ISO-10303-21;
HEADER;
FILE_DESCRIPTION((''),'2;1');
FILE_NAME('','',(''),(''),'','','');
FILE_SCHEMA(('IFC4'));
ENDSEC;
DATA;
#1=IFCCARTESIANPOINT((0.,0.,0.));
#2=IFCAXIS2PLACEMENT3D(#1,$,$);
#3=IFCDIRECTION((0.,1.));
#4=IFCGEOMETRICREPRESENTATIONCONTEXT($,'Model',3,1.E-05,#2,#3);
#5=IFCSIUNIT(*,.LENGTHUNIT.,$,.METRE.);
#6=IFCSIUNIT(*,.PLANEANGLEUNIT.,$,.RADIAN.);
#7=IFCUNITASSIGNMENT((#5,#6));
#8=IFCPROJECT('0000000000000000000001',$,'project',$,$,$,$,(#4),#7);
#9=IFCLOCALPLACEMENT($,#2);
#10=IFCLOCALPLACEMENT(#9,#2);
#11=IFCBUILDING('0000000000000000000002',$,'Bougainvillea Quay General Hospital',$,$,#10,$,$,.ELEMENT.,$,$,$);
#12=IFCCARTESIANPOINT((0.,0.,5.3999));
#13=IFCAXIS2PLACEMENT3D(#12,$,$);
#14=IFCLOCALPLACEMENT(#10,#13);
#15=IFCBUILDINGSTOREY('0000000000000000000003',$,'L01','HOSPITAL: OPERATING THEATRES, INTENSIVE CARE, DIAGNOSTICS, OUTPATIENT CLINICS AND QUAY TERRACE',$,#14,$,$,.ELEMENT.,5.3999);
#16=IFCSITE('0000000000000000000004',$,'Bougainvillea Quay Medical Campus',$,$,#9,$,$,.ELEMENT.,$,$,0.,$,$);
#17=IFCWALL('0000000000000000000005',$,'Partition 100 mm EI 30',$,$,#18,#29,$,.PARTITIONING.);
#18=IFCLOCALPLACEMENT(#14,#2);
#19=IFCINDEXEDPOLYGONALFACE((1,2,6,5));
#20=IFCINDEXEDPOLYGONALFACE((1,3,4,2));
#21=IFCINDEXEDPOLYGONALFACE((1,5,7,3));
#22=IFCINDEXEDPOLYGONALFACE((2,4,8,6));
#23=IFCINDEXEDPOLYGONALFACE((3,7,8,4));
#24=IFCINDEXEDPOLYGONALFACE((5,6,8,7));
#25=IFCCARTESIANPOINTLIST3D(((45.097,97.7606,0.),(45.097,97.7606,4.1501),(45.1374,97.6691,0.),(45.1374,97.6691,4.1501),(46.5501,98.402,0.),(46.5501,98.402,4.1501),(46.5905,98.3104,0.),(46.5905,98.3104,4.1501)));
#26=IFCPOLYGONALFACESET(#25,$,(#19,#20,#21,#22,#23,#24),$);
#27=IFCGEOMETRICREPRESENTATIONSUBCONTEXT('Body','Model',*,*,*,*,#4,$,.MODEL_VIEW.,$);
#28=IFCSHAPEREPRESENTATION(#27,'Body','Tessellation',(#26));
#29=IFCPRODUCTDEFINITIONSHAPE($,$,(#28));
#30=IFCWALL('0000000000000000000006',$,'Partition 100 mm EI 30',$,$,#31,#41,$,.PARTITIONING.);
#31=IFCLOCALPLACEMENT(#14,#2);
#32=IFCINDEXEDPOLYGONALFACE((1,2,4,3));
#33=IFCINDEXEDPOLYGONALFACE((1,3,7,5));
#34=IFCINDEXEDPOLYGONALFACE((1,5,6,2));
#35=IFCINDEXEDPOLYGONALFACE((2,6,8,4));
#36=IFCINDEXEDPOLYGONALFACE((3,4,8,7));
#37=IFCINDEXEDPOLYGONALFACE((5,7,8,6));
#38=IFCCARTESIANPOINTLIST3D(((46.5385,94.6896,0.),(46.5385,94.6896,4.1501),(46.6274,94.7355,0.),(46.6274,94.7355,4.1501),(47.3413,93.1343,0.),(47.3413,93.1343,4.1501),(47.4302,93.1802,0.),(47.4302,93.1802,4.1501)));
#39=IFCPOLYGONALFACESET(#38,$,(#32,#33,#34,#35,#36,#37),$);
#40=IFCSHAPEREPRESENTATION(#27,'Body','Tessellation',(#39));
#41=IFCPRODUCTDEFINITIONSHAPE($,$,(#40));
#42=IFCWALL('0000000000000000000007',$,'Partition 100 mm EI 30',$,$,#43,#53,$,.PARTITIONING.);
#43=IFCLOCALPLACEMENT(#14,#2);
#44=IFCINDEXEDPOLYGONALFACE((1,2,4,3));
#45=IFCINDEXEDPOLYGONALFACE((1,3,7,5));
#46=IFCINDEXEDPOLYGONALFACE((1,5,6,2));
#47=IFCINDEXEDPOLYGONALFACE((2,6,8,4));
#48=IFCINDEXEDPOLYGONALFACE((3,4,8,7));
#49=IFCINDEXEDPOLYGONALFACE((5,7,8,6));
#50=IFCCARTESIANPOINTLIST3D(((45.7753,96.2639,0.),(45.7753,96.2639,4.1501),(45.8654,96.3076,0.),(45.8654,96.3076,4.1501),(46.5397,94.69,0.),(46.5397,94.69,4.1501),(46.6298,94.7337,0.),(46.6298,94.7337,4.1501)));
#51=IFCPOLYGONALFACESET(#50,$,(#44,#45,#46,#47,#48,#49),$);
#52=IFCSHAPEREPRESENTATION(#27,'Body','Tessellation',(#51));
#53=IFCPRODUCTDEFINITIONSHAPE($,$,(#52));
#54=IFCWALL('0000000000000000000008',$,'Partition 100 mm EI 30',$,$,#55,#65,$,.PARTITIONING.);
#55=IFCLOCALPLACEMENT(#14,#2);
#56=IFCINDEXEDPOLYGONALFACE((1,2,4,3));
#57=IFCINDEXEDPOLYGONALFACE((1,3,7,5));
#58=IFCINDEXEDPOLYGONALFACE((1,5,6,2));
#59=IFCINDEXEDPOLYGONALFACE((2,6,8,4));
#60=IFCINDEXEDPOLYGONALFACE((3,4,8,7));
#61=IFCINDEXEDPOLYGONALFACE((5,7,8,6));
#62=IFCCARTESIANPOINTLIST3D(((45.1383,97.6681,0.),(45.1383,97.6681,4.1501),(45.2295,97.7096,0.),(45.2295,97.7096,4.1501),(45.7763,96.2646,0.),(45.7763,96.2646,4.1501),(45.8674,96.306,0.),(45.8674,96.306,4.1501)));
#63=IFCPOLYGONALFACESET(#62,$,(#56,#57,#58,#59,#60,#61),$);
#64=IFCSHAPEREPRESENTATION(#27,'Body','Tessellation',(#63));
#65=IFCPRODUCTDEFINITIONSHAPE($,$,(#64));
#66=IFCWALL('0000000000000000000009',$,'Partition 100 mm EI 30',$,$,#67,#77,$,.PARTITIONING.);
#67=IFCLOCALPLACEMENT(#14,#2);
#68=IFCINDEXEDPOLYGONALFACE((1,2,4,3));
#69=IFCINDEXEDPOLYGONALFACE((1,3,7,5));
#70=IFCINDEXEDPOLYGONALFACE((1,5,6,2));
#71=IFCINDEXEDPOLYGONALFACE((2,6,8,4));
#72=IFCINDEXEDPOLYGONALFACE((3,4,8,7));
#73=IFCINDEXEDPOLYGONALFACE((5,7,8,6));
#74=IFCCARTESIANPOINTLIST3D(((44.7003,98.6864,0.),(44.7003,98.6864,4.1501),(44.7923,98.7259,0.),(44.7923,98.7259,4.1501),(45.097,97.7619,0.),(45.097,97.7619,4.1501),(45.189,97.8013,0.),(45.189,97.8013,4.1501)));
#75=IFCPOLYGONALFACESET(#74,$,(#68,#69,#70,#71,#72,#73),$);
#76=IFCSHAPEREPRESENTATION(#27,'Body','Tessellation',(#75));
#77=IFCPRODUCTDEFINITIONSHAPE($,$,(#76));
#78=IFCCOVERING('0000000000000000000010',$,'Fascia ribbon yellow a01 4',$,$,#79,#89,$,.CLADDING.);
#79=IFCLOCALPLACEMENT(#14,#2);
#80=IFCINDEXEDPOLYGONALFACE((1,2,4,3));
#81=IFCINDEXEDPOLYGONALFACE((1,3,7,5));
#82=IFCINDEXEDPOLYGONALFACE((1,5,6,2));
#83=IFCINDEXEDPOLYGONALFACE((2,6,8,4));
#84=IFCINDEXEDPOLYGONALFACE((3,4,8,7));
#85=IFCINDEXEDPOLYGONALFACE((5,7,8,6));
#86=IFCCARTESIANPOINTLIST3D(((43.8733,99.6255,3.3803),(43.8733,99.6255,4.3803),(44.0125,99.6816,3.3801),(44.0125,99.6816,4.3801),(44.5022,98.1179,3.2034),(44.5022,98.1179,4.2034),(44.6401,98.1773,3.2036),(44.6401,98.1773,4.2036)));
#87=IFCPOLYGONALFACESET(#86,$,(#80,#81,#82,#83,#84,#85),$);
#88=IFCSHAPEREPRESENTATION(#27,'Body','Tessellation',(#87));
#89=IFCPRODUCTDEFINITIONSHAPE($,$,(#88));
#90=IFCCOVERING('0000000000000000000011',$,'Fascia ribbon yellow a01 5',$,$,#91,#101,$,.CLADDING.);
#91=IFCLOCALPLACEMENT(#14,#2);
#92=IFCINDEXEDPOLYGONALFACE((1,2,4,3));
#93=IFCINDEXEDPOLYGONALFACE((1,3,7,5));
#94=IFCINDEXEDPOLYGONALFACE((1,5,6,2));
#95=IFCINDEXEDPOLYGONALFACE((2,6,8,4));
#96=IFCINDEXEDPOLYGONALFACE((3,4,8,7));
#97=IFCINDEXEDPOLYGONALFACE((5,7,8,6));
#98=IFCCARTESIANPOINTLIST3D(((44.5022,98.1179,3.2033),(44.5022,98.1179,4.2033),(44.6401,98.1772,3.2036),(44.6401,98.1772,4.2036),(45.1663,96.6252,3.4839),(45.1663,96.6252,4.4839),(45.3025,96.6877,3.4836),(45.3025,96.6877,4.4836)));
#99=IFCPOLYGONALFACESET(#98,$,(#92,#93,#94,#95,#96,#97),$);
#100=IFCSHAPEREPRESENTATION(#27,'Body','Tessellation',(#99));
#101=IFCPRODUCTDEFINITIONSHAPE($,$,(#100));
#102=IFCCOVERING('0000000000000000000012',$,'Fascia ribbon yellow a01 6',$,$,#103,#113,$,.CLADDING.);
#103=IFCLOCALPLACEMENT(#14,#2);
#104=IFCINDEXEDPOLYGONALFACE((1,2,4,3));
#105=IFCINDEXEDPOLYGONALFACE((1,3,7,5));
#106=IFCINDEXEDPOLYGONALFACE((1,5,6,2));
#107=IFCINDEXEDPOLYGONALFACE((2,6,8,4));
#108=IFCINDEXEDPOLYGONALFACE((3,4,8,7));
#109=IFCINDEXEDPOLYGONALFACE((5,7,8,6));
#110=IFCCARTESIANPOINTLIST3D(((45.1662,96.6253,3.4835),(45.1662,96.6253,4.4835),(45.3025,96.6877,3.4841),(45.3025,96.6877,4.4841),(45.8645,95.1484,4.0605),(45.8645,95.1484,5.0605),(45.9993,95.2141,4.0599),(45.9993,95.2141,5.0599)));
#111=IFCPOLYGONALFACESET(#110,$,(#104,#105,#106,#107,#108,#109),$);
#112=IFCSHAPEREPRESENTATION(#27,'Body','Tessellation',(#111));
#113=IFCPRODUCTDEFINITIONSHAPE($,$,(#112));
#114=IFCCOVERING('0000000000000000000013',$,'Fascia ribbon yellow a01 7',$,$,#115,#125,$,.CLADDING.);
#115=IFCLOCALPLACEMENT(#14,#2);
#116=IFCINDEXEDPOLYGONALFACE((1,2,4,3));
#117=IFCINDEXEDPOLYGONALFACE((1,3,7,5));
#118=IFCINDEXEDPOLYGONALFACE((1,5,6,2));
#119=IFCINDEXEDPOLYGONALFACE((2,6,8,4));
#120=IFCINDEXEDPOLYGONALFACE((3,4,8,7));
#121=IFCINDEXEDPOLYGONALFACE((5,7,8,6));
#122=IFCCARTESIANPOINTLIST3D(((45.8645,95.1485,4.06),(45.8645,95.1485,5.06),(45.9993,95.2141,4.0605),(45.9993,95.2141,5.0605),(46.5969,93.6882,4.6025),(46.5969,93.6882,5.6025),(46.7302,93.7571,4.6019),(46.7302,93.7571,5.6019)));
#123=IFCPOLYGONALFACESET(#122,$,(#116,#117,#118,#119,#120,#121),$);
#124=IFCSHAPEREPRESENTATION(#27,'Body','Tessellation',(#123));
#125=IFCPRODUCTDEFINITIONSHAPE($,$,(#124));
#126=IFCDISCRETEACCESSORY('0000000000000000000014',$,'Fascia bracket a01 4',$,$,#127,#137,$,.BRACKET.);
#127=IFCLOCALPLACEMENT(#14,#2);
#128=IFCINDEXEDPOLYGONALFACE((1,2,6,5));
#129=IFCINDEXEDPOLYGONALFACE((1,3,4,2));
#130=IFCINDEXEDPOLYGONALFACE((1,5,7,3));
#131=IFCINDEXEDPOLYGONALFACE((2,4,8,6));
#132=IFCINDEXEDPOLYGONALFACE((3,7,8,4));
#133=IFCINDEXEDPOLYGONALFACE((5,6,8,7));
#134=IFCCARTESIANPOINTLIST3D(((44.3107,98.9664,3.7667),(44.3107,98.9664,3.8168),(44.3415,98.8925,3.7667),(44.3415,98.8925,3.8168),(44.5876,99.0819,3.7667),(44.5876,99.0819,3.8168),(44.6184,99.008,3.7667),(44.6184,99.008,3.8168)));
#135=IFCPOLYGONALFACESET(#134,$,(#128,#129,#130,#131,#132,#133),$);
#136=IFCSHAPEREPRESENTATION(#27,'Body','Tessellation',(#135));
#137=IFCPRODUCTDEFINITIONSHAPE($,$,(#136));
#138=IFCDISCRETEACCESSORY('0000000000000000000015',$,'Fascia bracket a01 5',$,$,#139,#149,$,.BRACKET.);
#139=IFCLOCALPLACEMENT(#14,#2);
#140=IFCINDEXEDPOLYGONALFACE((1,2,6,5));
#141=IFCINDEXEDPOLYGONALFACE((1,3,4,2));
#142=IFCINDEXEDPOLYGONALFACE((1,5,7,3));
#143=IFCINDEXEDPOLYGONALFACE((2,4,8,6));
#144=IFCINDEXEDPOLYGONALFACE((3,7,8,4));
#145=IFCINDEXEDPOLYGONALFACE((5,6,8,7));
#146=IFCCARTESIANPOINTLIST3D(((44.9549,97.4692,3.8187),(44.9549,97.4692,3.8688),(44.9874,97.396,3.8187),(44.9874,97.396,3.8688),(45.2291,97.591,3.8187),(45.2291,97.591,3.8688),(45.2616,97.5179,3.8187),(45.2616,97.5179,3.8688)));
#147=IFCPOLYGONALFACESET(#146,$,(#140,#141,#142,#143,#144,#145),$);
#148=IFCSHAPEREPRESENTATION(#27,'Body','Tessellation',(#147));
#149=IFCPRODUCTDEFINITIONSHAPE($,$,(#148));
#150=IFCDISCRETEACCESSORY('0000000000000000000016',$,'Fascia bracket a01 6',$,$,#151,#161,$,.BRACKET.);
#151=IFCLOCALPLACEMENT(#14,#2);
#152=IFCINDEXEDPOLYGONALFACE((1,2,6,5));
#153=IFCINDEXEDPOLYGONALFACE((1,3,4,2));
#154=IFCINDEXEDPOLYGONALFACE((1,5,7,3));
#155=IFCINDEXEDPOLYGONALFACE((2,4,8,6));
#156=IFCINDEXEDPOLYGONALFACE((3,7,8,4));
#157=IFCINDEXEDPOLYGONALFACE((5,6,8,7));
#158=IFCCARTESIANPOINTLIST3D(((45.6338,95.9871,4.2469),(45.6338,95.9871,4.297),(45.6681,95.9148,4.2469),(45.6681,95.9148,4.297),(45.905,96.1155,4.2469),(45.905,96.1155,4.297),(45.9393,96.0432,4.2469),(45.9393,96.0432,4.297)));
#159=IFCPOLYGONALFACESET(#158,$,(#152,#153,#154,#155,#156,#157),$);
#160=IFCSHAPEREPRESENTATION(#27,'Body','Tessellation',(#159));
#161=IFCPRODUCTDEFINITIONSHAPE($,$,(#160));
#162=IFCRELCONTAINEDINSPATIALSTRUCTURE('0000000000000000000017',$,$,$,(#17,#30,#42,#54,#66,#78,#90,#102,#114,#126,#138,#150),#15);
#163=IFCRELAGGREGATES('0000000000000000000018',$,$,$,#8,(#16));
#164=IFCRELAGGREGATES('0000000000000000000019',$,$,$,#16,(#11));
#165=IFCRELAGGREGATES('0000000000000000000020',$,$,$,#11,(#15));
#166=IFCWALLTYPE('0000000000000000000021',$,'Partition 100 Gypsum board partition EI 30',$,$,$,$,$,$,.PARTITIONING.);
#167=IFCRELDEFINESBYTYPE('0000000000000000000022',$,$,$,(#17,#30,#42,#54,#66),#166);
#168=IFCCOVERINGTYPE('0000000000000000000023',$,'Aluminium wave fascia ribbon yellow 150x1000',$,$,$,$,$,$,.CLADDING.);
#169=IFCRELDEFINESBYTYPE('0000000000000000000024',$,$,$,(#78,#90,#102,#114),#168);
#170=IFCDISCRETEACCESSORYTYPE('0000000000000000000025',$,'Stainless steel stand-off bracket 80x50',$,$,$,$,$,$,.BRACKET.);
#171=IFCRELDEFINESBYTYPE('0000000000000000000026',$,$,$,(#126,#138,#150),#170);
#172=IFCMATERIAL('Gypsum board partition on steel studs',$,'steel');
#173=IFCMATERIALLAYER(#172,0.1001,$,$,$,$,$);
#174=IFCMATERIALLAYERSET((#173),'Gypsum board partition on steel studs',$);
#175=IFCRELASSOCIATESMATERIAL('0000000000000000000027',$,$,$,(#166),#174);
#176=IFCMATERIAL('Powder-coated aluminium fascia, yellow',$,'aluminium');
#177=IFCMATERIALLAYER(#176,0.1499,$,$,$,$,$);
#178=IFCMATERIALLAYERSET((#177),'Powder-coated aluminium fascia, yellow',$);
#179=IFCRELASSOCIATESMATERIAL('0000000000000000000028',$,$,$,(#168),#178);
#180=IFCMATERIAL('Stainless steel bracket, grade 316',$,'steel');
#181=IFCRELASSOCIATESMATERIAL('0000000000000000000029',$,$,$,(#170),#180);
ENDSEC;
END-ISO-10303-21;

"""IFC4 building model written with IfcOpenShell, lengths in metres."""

from ifc_helpers import new_model, si_unit, direction, frame, frame_2d, origin, origin_2d, place, context, subcontext, project, spatial, polyline, rectangle, outline, extrude, material, layer, layer_set, material_profile, profile_set, type_object, element, save


model = new_model("IFC4")

# Units and contexts
model_context = context("Model", 3, precision=1e-05, world=origin(), true_north=direction((0.0, 1.0)))
body_context = subcontext(model_context, "Body", "Model", "MODEL_VIEW")
ifc_project = project(units=[si_unit("LENGTHUNIT", "METRE"), si_unit("PLANEANGLEUNIT", "RADIAN")], contexts=[model_context])

# Site, building, storey
site_placement = place(None, origin())
site = spatial("IfcSite", under=ifc_project, at=site_placement, Name="Bougainvillea Quay Medical Campus", CompositionType="ELEMENT", RefElevation=0.0)
building_placement = place(site_placement, origin())
building = spatial("IfcBuilding", under=site, at=building_placement, Name="Bougainvillea Quay General Hospital", CompositionType="ELEMENT")
storey_placement = place(building_placement, frame((0.0, 0.0, 5.3999)))
storey = spatial("IfcBuildingStorey", under=building, at=storey_placement, Name="L01", Description="HOSPITAL: OPERATING THEATRES, INTENSIVE CARE, DIAGNOSTICS, OUTPATIENT CLINICS AND QUAY TERRACE", CompositionType="ELEMENT", Elevation=5.3999)

# Walls
ifc_material_1 = material(Name="Gypsum board partition on steel studs", Category="steel")
ifc_layer_1 = layer(ifc_material_1, 0.1001)
ifc_layer_set_1 = layer_set([ifc_layer_1], Name="Gypsum board partition on steel studs")
wall_type = type_object("IfcWallType", Name="Partition 100 Gypsum board partition EI 30", PredefinedType="PARTITIONING", material=ifc_layer_set_1)
wall_1_placement = place(storey_placement, frame((45.1172, 97.7148, 0.0), z_axis=(0.0, 0.0, 1.0), x_axis=(0.914854, 0.403784, 0.0)))
element("IfcWall", 1, at=wall_1_placement, inside=storey, type_object=wall_type, Name="Partition 100 mm EI 30", PredefinedType="PARTITIONING", context=body_context, shape_type="SweptSolid", body=[
    extrude(rectangle(XDim=1.5884, YDim=0.1001, at=frame_2d((0.7942, 0.0))), origin(), (0.0, 0.0, 1.0), 4.1501),
])
wall_2_placement = place(storey_placement, frame((46.583, 94.7124, 0.0), z_axis=(0.0, 0.0, 1.0), x_axis=(0.458671, -0.888606, 0.0)))
element("IfcWall", 2, at=wall_2_placement, inside=storey, type_object=wall_type, Name="Partition 100 mm EI 30", PredefinedType="PARTITIONING", context=body_context, shape_type="SweptSolid", body=[
    extrude(rectangle(XDim=1.7502, YDim=0.1001, at=frame_2d((0.875, 0.0))), origin(), (0.0, 0.0, 1.0), 4.1501),
])
wall_3_placement = place(storey_placement, frame((45.8203, 96.2859, 0.0), z_axis=(0.0, 0.0, 1.0), x_axis=(0.436859, -0.89953, 0.0)))
element("IfcWall", 3, at=wall_3_placement, inside=storey, type_object=wall_type, Name="Partition 100 mm EI 30", PredefinedType="PARTITIONING", context=body_context, shape_type="SweptSolid", body=[
    extrude(rectangle(XDim=1.7498, YDim=0.1001, at=frame_2d((0.875, 0.0))), origin(), (0.0, 0.0, 1.0), 4.1501),
])
wall_4_placement = place(storey_placement, frame((45.1838, 97.689, 0.0), z_axis=(0.0, 0.0, 1.0), x_axis=(0.413779, -0.910377, 0.0)))
element("IfcWall", 4, at=wall_4_placement, inside=storey, type_object=wall_type, Name="Partition 100 mm EI 30", PredefinedType="PARTITIONING", context=body_context, shape_type="SweptSolid", body=[
    extrude(rectangle(XDim=1.5417, YDim=0.1001, at=frame_2d((0.771, 0.0))), origin(), (0.0, 0.0, 1.0), 4.1501),
])
wall_5_placement = place(storey_placement, frame((44.7463, 98.7061, 0.0), z_axis=(0.0, 0.0, 1.0), x_axis=(0.394329, -0.918969, 0.0)))
element("IfcWall", 5, at=wall_5_placement, inside=storey, type_object=wall_type, Name="Partition 100 mm EI 30", PredefinedType="PARTITIONING", context=body_context, shape_type="SweptSolid", body=[
    extrude(rectangle(XDim=1.0061, YDim=0.1001, at=frame_2d((0.5029, 0.0))), origin(), (0.0, 0.0, 1.0), 4.1501),
])

# Coverings
ifc_material_2 = material(Name="Powder-coated aluminium fascia, yellow", Category="aluminium")
ifc_layer_2 = layer(ifc_material_2, 0.1499)
ifc_layer_set_2 = layer_set([ifc_layer_2], Name="Powder-coated aluminium fascia, yellow")
covering_type = type_object("IfcCoveringType", Name="Aluminium wave fascia ribbon yellow 150x1000", PredefinedType="CLADDING", material=ifc_layer_set_2)
covering_1_placement = place(storey_placement, frame((44.0125, 99.6816, 3.3801), z_axis=(0.041426, -0.099405, 0.994184), x_axis=(0.382823, -0.917524, -0.107692)))
element("IfcCovering", 6, at=covering_1_placement, inside=storey, type_object=covering_type, Name="Fascia ribbon yellow a01 4", PredefinedType="CLADDING", context=body_context, shape_type="SweptSolid", body=[
    extrude(outline(polyline([(0.0, 0.0), (1.6396, 0.0), (1.6413, -0.1501), (-0.0018, -0.1501), (0.0, 0.0)])), origin(), (-0.107692, 0.000045, 0.994184), 1.0),
])
covering_2_placement = place(storey_placement, frame((44.6401, 98.1772, 3.2036), z_axis=(-0.068732, 0.154682, 0.98557), x_axis=(0.400456, -0.900547, 0.169266)))
element("IfcCovering", 7, at=covering_2_placement, inside=storey, type_object=covering_type, Name="Fascia ribbon yellow a01 5", PredefinedType="CLADDING", context=body_context, shape_type="SweptSolid", body=[
    extrude(outline(polyline([(0.0, 0.0), (1.654, 0.0), (1.6558, -0.1499), (-0.0019, -0.1501), (0.0, 0.0)])), origin(), (0.169266, -0.000047, 0.98557), 1.0),
])
covering_3_placement = place(storey_placement, frame((45.3025, 96.6877, 3.4841), z_axis=(-0.142407, 0.30109, 0.942902), x_axis=(0.403049, -0.852418, 0.333069)))
element("IfcCovering", 8, at=covering_3_placement, inside=storey, type_object=covering_type, Name="Fascia ribbon yellow a01 6", PredefinedType="CLADDING", context=body_context, shape_type="SweptSolid", body=[
    extrude(outline(polyline([(0.0, 0.0), (1.7287, 0.0), (1.7306, -0.1499), (-0.0019, -0.1499), (0.0, 0.0)])), origin(), (0.333069, 0.000037, 0.942902), 1.0),
])
covering_4_placement = place(storey_placement, frame((45.9993, 95.2141, 4.0605), z_axis=(-0.141373, 0.28172, 0.949024), x_axis=(0.425553, -0.848264, 0.315203)))
element("IfcCovering", 9, at=covering_4_placement, inside=storey, type_object=covering_type, Name="Fascia ribbon yellow a01 7", PredefinedType="CLADDING", context=body_context, shape_type="SweptSolid", body=[
    extrude(outline(polyline([(0.0, 0.0), (1.7176, 0.0), (1.7195, -0.15), (-0.0019, -0.1499), (0.0, 0.0)])), origin(), (0.315203, 0.000035, 0.949024), 1.0),
])

# Discrete accessories
ifc_material_3 = material(Name="Stainless steel bracket, grade 316", Category="steel")
ifc_material_profile_1 = material_profile(ifc_material_3, rectangle(XDim=0.0801, YDim=0.05, at=origin_2d()))
ifc_profile_set_1 = profile_set([ifc_material_profile_1], Name="Stainless steel bracket, grade 316")
discrete_accessory_type = type_object("IfcDiscreteAccessoryType", Name="Stainless steel stand-off bracket 80x50", PredefinedType="BRACKET", material=ifc_profile_set_1)
for number, where, z_axis, x_axis, name in (
    (10, (44.603, 99.0449, 3.7917), (-0.922932, -0.384962, 0.0), (0.384962, -0.922932, 0.0), "Fascia bracket a01 4"),
    (11, (45.2454, 97.5544, 3.8438), (-0.913845, -0.406063, 0.0), (0.406063, -0.913845, 0.0), "Fascia bracket a01 5"),
    (12, (45.9221, 96.0793, 4.272), (-0.903821, -0.427911, 0.0), (0.427911, -0.903821, 0.0), "Fascia bracket a01 6"),
):
    element("IfcDiscreteAccessory", number, at=place(storey_placement, frame(where, z_axis=z_axis, x_axis=x_axis)), inside=storey, type_object=discrete_accessory_type, Name=name, PredefinedType="BRACKET", context=body_context, shape_type="SweptSolid", body=[
        extrude(rectangle(XDim=0.0801, YDim=0.05, at=origin_2d()), origin(), (0.0, 0.0, 1.0), 0.3),
    ])

save(model, "model.ifc")
